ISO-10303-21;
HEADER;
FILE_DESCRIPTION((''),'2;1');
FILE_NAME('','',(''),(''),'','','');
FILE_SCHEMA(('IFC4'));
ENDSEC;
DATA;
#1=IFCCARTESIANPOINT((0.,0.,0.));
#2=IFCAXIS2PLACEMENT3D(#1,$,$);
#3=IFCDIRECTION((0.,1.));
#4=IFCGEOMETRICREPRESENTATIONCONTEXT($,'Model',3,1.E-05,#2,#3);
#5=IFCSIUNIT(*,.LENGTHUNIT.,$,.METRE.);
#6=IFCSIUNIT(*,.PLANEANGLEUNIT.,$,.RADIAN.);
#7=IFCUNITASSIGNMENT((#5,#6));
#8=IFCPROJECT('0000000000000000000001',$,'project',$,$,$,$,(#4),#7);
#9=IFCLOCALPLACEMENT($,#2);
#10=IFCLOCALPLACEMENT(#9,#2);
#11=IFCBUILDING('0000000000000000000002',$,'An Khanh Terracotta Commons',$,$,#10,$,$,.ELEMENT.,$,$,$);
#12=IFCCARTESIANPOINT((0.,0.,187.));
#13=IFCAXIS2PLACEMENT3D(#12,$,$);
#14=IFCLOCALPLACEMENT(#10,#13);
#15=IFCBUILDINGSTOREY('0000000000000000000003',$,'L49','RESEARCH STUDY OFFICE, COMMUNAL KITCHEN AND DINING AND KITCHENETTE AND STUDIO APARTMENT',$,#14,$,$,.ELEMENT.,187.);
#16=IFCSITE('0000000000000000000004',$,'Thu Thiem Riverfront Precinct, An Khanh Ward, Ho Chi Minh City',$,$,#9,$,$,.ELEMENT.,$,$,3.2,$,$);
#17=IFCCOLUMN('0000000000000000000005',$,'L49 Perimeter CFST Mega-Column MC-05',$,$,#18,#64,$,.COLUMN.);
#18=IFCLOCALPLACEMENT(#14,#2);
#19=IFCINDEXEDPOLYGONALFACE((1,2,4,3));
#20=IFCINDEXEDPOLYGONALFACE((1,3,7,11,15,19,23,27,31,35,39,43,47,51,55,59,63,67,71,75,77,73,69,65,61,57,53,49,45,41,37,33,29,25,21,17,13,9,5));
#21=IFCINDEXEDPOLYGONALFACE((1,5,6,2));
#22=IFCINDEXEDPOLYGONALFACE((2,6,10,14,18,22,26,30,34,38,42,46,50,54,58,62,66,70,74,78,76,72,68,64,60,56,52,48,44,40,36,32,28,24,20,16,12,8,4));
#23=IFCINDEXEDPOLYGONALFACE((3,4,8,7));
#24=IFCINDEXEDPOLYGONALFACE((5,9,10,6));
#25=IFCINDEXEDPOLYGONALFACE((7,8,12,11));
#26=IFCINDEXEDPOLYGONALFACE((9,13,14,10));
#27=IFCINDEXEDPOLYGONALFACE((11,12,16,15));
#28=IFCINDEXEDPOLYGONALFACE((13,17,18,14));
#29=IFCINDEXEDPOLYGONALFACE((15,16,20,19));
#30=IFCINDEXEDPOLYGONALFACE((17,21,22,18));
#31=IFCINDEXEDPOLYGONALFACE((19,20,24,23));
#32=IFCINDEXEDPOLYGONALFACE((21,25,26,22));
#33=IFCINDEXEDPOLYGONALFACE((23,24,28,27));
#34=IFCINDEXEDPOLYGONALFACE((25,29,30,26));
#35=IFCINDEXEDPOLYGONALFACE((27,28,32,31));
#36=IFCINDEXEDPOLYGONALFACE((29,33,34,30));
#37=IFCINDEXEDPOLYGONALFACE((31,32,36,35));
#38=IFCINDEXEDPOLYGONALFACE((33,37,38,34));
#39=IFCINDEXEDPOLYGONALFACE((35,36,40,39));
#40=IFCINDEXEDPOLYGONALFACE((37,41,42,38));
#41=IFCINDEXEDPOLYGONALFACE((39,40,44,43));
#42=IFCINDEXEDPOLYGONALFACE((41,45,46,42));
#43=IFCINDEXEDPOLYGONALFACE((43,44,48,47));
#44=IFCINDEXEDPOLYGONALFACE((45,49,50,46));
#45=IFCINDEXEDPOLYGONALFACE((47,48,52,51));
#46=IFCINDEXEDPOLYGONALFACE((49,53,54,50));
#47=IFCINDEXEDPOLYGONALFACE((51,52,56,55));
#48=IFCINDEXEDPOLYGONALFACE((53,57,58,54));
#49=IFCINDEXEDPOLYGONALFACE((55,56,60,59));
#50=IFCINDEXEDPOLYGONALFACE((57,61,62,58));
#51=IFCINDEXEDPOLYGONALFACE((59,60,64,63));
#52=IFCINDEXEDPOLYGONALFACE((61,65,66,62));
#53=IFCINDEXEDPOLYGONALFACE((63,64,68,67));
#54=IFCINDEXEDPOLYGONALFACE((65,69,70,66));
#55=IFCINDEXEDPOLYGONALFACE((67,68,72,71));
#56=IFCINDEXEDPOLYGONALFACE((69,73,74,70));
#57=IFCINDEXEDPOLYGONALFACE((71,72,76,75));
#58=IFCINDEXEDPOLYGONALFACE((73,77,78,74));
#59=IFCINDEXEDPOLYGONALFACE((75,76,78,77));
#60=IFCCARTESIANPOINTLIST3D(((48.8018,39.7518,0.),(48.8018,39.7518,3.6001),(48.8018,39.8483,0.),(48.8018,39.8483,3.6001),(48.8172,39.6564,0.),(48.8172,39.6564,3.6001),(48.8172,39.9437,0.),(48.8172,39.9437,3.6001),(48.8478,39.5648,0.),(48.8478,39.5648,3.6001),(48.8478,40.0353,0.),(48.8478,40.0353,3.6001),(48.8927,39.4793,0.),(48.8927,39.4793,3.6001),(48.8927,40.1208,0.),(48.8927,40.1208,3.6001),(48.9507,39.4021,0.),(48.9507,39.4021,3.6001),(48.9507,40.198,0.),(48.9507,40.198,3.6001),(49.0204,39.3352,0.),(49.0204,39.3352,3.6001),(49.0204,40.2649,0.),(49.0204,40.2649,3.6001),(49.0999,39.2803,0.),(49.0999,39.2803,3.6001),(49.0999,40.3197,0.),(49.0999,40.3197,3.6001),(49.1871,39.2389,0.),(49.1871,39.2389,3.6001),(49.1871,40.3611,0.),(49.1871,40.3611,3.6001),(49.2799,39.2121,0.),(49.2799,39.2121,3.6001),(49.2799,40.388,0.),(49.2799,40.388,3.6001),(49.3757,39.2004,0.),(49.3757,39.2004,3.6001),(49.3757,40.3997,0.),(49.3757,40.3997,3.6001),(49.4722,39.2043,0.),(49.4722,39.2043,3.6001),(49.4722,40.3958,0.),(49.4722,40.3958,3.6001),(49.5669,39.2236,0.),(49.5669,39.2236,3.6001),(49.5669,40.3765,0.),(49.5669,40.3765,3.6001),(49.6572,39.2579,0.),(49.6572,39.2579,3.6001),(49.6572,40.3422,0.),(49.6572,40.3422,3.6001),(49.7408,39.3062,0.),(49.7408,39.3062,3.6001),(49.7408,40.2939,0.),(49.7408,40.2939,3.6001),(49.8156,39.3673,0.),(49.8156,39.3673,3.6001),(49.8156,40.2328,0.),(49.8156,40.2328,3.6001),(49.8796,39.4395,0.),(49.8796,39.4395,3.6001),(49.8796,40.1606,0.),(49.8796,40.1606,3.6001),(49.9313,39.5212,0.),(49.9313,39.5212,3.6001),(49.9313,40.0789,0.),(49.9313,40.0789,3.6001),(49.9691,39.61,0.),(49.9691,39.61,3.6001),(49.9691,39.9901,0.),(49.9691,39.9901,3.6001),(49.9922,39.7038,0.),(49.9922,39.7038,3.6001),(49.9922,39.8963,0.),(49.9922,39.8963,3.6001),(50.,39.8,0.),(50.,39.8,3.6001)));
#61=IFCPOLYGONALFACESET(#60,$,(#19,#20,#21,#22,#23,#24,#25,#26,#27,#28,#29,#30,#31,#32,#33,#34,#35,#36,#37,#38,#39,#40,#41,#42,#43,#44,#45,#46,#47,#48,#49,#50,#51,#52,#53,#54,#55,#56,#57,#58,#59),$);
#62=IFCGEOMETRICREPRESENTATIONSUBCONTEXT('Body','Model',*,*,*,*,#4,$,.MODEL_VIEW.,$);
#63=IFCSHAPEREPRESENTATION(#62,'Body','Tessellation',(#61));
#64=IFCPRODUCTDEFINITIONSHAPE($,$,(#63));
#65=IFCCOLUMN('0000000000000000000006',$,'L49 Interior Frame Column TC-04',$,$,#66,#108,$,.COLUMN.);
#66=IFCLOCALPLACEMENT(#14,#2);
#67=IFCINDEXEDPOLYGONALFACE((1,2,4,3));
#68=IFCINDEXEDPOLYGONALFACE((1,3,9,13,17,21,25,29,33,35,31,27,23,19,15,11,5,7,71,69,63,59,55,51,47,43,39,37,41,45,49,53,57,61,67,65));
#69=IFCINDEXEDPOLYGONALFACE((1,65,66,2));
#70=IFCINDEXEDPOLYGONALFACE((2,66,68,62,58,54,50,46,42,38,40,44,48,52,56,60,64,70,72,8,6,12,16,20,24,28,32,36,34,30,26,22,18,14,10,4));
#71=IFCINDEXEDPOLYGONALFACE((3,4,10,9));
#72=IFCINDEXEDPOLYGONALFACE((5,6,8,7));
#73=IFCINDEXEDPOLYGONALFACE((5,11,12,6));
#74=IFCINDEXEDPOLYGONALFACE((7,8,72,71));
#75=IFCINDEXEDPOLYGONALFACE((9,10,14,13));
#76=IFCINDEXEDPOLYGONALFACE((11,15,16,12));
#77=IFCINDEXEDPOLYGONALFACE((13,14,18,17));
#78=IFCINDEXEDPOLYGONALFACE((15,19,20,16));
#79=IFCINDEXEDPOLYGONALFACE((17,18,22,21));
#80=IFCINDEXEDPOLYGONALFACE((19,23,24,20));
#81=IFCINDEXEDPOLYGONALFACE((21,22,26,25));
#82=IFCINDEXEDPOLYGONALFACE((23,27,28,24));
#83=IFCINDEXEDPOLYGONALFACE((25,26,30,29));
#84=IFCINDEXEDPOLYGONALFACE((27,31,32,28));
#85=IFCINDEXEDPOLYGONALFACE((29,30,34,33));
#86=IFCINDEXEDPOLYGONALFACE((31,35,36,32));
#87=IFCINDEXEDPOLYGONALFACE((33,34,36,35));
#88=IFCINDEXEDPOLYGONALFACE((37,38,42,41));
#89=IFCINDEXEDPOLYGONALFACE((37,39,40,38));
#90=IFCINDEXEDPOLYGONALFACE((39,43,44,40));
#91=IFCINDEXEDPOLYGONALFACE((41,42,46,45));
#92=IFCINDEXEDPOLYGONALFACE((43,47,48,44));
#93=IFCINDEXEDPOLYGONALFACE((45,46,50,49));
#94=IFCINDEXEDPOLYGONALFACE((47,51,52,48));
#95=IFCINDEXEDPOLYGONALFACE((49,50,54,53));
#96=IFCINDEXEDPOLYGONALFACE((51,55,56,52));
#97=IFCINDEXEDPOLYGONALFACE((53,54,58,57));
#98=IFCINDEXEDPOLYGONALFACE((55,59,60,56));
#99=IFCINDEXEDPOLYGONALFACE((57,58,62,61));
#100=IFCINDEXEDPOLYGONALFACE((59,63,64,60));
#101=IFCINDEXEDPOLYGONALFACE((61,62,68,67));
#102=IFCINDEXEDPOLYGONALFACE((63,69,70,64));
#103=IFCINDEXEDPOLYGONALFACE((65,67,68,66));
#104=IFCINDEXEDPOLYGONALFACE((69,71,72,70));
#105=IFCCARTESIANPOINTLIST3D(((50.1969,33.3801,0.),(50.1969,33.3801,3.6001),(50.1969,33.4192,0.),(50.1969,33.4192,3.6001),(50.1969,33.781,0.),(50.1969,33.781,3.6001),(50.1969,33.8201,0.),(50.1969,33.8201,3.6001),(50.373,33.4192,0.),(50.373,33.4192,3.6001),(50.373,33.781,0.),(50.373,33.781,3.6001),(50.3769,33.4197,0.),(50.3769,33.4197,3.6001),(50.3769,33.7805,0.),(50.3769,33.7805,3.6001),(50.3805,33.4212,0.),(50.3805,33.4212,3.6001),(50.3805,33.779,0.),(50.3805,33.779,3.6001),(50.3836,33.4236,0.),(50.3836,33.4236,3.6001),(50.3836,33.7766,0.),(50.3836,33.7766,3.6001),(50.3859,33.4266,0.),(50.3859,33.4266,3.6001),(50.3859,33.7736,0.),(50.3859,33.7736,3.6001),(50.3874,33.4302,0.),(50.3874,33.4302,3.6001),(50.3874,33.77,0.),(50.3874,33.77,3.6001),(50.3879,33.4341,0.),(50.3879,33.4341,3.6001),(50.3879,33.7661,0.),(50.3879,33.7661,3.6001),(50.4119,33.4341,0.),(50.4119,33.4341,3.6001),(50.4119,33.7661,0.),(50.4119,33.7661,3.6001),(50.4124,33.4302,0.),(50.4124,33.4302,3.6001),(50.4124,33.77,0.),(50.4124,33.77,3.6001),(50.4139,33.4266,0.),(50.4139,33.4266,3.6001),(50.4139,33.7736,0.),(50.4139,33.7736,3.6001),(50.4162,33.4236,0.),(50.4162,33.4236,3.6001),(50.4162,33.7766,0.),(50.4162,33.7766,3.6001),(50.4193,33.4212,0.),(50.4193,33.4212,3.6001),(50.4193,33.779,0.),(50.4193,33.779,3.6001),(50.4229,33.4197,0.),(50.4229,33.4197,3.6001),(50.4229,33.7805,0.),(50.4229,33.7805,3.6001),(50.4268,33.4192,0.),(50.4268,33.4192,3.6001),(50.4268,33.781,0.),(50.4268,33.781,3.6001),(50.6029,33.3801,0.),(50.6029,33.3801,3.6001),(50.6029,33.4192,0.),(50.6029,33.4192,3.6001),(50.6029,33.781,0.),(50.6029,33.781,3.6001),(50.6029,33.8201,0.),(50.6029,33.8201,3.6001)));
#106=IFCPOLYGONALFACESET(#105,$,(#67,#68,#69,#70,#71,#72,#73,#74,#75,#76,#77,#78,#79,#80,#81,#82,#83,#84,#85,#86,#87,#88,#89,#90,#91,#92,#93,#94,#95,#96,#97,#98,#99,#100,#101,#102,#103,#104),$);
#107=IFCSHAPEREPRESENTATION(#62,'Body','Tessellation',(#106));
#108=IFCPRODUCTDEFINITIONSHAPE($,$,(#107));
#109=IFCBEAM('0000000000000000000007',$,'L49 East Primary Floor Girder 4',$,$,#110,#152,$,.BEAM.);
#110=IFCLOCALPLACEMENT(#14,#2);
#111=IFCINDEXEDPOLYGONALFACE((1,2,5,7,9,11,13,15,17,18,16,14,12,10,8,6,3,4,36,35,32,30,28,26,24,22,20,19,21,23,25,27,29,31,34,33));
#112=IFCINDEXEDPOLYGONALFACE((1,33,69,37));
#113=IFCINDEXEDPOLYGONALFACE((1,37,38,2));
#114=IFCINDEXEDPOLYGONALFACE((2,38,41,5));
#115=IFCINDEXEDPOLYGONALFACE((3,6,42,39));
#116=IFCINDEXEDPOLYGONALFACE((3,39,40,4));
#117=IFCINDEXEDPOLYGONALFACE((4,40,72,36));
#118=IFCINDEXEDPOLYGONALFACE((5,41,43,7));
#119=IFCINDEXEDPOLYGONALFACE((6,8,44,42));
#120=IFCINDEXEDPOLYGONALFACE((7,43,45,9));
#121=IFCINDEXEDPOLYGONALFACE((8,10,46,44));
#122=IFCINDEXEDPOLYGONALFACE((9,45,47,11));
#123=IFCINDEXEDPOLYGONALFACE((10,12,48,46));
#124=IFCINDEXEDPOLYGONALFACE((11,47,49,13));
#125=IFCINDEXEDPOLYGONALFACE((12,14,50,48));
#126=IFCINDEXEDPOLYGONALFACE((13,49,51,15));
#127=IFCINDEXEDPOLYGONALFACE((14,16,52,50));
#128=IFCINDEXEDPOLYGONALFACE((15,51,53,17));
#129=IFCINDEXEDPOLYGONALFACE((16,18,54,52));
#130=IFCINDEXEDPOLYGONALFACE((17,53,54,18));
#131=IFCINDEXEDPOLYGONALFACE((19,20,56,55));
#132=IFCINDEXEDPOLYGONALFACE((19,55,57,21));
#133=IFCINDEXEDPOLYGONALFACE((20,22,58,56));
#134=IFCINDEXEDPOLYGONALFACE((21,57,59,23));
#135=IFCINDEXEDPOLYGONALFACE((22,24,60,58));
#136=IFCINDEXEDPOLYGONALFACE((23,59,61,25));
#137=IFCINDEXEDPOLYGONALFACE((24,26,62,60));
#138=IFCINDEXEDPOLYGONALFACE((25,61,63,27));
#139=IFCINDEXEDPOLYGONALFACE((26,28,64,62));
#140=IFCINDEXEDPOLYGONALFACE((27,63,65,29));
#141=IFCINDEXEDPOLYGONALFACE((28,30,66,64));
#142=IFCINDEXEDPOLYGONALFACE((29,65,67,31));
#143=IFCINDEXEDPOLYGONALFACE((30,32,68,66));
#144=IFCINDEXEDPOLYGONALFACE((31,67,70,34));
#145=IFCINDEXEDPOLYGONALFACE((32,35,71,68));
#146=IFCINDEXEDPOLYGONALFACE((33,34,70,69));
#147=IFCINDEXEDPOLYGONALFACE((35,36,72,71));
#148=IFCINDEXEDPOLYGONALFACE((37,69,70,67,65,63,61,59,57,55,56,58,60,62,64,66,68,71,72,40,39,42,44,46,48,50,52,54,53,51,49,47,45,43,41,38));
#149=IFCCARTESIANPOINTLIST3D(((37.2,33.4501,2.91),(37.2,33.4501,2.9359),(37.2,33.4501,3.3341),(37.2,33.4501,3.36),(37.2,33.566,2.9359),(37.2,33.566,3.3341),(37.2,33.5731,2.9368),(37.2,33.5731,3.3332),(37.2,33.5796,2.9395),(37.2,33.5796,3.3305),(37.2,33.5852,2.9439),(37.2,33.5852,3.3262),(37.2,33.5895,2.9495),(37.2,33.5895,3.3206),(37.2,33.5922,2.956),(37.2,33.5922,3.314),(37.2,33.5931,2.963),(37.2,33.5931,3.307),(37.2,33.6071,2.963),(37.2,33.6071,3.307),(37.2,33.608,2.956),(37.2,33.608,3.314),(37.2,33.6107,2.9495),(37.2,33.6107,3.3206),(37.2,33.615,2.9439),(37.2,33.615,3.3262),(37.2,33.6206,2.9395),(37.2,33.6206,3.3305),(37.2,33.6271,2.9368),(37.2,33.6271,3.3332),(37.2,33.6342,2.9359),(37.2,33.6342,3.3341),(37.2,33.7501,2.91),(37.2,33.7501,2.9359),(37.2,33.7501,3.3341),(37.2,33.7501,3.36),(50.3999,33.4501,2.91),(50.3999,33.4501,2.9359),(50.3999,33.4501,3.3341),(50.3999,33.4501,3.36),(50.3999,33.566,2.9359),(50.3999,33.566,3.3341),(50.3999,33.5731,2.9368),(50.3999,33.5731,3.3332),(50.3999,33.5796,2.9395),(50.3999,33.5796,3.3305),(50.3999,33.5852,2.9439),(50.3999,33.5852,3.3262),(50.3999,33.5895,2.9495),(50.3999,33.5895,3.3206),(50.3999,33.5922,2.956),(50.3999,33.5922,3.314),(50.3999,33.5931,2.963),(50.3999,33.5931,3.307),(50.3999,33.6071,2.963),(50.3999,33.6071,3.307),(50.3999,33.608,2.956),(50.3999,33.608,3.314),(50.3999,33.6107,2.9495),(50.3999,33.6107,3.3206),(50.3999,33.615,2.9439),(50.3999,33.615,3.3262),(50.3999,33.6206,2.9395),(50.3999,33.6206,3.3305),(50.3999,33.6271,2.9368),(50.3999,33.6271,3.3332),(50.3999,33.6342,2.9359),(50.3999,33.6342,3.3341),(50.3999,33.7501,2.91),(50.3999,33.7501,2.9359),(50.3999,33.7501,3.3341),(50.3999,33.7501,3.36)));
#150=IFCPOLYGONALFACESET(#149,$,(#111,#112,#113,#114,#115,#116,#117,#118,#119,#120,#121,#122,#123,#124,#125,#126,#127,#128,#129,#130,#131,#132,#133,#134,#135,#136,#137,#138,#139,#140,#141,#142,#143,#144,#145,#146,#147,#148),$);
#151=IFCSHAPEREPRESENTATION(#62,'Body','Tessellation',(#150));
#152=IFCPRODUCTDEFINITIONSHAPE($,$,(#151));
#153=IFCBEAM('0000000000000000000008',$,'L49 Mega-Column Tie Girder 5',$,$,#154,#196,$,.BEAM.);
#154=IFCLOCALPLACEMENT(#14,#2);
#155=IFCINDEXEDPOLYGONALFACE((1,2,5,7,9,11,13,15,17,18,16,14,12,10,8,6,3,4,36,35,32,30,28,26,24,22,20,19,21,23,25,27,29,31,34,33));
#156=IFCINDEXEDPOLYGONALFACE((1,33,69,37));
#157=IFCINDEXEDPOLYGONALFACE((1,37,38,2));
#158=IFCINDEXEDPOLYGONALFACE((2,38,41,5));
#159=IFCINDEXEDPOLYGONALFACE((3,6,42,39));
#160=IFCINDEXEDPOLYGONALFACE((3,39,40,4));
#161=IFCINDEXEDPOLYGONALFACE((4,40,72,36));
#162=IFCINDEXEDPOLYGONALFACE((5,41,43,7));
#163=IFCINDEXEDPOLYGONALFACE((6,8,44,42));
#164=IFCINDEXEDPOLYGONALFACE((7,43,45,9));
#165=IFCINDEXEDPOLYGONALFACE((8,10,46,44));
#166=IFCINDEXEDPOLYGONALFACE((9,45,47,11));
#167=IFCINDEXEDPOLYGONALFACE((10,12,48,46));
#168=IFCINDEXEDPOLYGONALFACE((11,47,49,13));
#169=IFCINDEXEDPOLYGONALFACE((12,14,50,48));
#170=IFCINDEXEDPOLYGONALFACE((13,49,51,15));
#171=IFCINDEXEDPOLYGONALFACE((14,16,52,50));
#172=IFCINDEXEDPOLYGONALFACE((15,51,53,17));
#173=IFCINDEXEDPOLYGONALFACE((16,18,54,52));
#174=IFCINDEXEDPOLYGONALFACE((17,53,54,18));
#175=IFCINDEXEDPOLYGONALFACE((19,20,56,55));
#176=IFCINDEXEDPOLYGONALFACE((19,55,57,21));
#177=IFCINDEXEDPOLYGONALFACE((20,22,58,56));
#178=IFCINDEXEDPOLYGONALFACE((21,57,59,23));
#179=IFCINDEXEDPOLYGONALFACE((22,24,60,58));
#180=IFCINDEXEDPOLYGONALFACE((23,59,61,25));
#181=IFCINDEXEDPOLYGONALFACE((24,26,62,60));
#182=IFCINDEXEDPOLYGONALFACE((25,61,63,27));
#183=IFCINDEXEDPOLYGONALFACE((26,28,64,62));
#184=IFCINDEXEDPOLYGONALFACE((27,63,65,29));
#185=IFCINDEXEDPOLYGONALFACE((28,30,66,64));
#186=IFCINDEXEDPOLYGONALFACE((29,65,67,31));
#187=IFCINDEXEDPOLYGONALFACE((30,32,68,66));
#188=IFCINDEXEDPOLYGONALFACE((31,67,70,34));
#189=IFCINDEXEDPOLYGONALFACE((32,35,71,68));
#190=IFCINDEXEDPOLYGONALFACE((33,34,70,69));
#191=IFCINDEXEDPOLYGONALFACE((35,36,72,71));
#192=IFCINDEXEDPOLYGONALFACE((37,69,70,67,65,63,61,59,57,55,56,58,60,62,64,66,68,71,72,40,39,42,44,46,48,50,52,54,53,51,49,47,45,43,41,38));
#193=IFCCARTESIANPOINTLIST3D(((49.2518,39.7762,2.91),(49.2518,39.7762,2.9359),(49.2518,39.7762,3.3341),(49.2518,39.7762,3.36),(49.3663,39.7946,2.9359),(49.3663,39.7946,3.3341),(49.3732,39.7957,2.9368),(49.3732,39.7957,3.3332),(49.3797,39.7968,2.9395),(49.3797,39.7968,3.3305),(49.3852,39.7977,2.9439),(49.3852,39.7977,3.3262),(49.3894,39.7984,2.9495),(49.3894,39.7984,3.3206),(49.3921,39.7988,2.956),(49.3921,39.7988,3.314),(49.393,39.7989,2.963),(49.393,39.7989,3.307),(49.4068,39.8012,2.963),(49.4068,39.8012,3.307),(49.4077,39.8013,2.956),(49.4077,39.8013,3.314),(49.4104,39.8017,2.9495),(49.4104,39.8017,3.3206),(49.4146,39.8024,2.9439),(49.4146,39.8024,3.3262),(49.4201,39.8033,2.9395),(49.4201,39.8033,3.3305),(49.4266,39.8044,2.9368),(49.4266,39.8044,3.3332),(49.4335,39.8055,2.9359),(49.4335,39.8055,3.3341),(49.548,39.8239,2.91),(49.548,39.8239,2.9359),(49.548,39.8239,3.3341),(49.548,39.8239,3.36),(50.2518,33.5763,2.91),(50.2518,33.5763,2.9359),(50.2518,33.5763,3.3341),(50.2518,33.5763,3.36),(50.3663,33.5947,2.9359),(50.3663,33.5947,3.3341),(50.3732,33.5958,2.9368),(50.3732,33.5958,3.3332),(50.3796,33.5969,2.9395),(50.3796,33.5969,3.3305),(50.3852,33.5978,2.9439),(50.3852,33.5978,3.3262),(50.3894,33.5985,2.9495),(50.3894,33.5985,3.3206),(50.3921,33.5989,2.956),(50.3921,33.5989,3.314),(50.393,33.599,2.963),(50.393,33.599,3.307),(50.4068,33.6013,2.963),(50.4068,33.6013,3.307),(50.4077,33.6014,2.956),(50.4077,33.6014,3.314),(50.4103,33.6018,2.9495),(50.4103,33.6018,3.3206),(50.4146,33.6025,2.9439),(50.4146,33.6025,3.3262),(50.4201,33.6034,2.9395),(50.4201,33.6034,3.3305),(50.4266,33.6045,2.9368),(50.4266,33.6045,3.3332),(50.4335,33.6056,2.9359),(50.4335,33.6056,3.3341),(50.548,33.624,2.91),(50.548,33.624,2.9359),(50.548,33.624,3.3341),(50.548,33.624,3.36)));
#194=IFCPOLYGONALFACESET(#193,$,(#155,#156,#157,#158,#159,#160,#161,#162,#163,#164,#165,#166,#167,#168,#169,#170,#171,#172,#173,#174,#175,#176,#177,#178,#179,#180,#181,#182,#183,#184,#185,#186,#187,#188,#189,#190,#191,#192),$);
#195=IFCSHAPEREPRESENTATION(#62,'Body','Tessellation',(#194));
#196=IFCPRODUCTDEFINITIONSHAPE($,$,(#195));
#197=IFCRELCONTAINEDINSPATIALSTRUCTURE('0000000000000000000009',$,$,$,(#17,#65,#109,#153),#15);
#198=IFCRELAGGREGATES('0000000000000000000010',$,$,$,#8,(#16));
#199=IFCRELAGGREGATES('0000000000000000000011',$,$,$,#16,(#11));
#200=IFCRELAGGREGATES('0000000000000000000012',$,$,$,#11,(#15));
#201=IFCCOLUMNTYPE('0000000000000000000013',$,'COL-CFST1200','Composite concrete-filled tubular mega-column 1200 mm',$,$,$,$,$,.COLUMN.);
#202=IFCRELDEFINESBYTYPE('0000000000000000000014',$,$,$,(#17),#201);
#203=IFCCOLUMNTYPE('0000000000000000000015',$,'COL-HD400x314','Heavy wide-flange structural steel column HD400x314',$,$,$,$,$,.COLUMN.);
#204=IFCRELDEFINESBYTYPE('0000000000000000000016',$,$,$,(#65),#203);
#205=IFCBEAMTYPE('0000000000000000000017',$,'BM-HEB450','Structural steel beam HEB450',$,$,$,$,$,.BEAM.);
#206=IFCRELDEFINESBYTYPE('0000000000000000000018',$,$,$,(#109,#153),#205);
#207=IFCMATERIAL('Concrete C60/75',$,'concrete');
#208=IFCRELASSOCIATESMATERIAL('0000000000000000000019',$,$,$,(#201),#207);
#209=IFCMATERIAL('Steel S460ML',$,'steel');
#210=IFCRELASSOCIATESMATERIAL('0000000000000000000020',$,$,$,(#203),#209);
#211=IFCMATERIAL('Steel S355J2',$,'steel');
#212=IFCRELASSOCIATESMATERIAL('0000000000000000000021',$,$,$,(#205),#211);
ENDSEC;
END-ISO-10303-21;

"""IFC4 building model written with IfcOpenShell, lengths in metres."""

from ifc_helpers import new_model, si_unit, direction, frame, origin, origin_2d, place, context, subcontext, project, spatial, circle, i_section, extrude, material, material_profile, profile_set, type_object, element, save


model = new_model("IFC4")

# Units and contexts
model_context = context("Model", 3, precision=1e-05, world=origin(), true_north=direction((0.0, 1.0)))
body_context = subcontext(model_context, "Body", "Model", "MODEL_VIEW")
ifc_project = project(units=[si_unit("LENGTHUNIT", "METRE"), si_unit("PLANEANGLEUNIT", "RADIAN")], contexts=[model_context])

# Site, building, storey
site_placement = place(None, origin())
site = spatial("IfcSite", under=ifc_project, at=site_placement, Name="Thu Thiem Riverfront Precinct, An Khanh Ward, Ho Chi Minh City", CompositionType="ELEMENT", RefElevation=3.2)
building_placement = place(site_placement, origin())
building = spatial("IfcBuilding", under=site, at=building_placement, Name="An Khanh Terracotta Commons", CompositionType="ELEMENT")
storey_placement = place(building_placement, frame((0.0, 0.0, 187.0)))
storey = spatial("IfcBuildingStorey", under=building, at=storey_placement, Name="L49", Description="RESEARCH STUDY OFFICE, COMMUNAL KITCHEN AND DINING AND KITCHENETTE AND STUDIO APARTMENT", CompositionType="ELEMENT", Elevation=187.0)

# Columns
ifc_material_1 = material(Name="Concrete C60/75", Category="concrete")
ifc_material_profile_1 = material_profile(ifc_material_1, circle(Radius=0.6001, at=origin_2d()), Name="CFST1200")
ifc_profile_set_1 = profile_set([ifc_material_profile_1], Name="Concrete C60/75")
column_type_1 = type_object("IfcColumnType", Name="COL-CFST1200", Description="Composite concrete-filled tubular mega-column 1200 mm", PredefinedType="COLUMN", material=ifc_profile_set_1)
column_1_placement = place(storey_placement, frame((49.3999, 39.8, 0.0), z_axis=(0.0, 0.0, 1.0), x_axis=(1.0, 0.0, 0.0)))
element("IfcColumn", 1, at=column_1_placement, inside=storey, type_object=column_type_1, Name="L49 Perimeter CFST Mega-Column MC-05", PredefinedType="COLUMN", context=body_context, shape_type="SweptSolid", body=[
    extrude(circle(Radius=0.6001, at=origin_2d()), origin(), (0.0, 0.0, 1.0), 3.6001),
])
ifc_material_2 = material(Name="Steel S460ML", Category="steel")
ifc_material_profile_2 = material_profile(ifc_material_2, i_section(OverallWidth=0.406, OverallDepth=0.4399, WebThickness=0.0239, FlangeThickness=0.0391, FilletRadius=0.0149, at=origin_2d()), Name="HD400x314")
ifc_profile_set_2 = profile_set([ifc_material_profile_2], Name="Steel S460ML")
column_type_2 = type_object("IfcColumnType", Name="COL-HD400x314", Description="Heavy wide-flange structural steel column HD400x314", PredefinedType="COLUMN", material=ifc_profile_set_2)
column_2_placement = place(storey_placement, frame((50.3999, 33.6001, 0.0), z_axis=(0.0, 0.0, 1.0), x_axis=(1.0, 0.0, 0.0)))
element("IfcColumn", 2, at=column_2_placement, inside=storey, type_object=column_type_2, Name="L49 Interior Frame Column TC-04", PredefinedType="COLUMN", context=body_context, shape_type="SweptSolid", body=[
    extrude(i_section(OverallWidth=0.406, OverallDepth=0.4399, WebThickness=0.0239, FlangeThickness=0.0391, FilletRadius=0.0149, at=origin_2d()), origin(), (0.0, 0.0, 1.0), 3.6001),
])

# Beams
ifc_material_3 = material(Name="Steel S355J2", Category="steel")
ifc_material_profile_3 = material_profile(ifc_material_3, i_section(OverallWidth=0.3, OverallDepth=0.45, WebThickness=0.0139, FlangeThickness=0.0259, FilletRadius=0.0271, at=origin_2d()), Name="HEB450")
ifc_profile_set_3 = profile_set([ifc_material_profile_3], Name="Steel S355J2")
beam_type_1 = type_object("IfcBeamType", Name="BM-HEB450", Description="Structural steel beam HEB450", PredefinedType="BEAM", material=ifc_profile_set_3)
beam_1_placement = place(storey_placement, frame((37.2, 33.6001, 3.135), z_axis=(1.0, 0.0, 0.0), x_axis=(0.0, 1.0, 0.0)))
element("IfcBeam", 3, at=beam_1_placement, inside=storey, type_object=beam_type_1, Name="L49 East Primary Floor Girder 4", PredefinedType="BEAM", context=body_context, shape_type="SweptSolid", body=[
    extrude(i_section(OverallWidth=0.3, OverallDepth=0.45, WebThickness=0.0139, FlangeThickness=0.0259, FilletRadius=0.0271, at=origin_2d()), origin(), (0.0, 0.0, 1.0), 13.2),
])
beam_2_placement = place(storey_placement, frame((49.3999, 39.8, 3.135), z_axis=(0.159234, -0.987241, 0.0), x_axis=(0.987241, 0.159234, 0.0)))
element("IfcBeam", 4, at=beam_2_placement, inside=storey, type_object=beam_type_1, Name="L49 Mega-Column Tie Girder 5", PredefinedType="BEAM", context=body_context, shape_type="SweptSolid", body=[
    extrude(i_section(OverallWidth=0.3, OverallDepth=0.45, WebThickness=0.0139, FlangeThickness=0.0259, FilletRadius=0.0271, at=origin_2d()), origin(), (0.0, 0.0, 1.0), 6.28),
])

save(model, "model.ifc")
